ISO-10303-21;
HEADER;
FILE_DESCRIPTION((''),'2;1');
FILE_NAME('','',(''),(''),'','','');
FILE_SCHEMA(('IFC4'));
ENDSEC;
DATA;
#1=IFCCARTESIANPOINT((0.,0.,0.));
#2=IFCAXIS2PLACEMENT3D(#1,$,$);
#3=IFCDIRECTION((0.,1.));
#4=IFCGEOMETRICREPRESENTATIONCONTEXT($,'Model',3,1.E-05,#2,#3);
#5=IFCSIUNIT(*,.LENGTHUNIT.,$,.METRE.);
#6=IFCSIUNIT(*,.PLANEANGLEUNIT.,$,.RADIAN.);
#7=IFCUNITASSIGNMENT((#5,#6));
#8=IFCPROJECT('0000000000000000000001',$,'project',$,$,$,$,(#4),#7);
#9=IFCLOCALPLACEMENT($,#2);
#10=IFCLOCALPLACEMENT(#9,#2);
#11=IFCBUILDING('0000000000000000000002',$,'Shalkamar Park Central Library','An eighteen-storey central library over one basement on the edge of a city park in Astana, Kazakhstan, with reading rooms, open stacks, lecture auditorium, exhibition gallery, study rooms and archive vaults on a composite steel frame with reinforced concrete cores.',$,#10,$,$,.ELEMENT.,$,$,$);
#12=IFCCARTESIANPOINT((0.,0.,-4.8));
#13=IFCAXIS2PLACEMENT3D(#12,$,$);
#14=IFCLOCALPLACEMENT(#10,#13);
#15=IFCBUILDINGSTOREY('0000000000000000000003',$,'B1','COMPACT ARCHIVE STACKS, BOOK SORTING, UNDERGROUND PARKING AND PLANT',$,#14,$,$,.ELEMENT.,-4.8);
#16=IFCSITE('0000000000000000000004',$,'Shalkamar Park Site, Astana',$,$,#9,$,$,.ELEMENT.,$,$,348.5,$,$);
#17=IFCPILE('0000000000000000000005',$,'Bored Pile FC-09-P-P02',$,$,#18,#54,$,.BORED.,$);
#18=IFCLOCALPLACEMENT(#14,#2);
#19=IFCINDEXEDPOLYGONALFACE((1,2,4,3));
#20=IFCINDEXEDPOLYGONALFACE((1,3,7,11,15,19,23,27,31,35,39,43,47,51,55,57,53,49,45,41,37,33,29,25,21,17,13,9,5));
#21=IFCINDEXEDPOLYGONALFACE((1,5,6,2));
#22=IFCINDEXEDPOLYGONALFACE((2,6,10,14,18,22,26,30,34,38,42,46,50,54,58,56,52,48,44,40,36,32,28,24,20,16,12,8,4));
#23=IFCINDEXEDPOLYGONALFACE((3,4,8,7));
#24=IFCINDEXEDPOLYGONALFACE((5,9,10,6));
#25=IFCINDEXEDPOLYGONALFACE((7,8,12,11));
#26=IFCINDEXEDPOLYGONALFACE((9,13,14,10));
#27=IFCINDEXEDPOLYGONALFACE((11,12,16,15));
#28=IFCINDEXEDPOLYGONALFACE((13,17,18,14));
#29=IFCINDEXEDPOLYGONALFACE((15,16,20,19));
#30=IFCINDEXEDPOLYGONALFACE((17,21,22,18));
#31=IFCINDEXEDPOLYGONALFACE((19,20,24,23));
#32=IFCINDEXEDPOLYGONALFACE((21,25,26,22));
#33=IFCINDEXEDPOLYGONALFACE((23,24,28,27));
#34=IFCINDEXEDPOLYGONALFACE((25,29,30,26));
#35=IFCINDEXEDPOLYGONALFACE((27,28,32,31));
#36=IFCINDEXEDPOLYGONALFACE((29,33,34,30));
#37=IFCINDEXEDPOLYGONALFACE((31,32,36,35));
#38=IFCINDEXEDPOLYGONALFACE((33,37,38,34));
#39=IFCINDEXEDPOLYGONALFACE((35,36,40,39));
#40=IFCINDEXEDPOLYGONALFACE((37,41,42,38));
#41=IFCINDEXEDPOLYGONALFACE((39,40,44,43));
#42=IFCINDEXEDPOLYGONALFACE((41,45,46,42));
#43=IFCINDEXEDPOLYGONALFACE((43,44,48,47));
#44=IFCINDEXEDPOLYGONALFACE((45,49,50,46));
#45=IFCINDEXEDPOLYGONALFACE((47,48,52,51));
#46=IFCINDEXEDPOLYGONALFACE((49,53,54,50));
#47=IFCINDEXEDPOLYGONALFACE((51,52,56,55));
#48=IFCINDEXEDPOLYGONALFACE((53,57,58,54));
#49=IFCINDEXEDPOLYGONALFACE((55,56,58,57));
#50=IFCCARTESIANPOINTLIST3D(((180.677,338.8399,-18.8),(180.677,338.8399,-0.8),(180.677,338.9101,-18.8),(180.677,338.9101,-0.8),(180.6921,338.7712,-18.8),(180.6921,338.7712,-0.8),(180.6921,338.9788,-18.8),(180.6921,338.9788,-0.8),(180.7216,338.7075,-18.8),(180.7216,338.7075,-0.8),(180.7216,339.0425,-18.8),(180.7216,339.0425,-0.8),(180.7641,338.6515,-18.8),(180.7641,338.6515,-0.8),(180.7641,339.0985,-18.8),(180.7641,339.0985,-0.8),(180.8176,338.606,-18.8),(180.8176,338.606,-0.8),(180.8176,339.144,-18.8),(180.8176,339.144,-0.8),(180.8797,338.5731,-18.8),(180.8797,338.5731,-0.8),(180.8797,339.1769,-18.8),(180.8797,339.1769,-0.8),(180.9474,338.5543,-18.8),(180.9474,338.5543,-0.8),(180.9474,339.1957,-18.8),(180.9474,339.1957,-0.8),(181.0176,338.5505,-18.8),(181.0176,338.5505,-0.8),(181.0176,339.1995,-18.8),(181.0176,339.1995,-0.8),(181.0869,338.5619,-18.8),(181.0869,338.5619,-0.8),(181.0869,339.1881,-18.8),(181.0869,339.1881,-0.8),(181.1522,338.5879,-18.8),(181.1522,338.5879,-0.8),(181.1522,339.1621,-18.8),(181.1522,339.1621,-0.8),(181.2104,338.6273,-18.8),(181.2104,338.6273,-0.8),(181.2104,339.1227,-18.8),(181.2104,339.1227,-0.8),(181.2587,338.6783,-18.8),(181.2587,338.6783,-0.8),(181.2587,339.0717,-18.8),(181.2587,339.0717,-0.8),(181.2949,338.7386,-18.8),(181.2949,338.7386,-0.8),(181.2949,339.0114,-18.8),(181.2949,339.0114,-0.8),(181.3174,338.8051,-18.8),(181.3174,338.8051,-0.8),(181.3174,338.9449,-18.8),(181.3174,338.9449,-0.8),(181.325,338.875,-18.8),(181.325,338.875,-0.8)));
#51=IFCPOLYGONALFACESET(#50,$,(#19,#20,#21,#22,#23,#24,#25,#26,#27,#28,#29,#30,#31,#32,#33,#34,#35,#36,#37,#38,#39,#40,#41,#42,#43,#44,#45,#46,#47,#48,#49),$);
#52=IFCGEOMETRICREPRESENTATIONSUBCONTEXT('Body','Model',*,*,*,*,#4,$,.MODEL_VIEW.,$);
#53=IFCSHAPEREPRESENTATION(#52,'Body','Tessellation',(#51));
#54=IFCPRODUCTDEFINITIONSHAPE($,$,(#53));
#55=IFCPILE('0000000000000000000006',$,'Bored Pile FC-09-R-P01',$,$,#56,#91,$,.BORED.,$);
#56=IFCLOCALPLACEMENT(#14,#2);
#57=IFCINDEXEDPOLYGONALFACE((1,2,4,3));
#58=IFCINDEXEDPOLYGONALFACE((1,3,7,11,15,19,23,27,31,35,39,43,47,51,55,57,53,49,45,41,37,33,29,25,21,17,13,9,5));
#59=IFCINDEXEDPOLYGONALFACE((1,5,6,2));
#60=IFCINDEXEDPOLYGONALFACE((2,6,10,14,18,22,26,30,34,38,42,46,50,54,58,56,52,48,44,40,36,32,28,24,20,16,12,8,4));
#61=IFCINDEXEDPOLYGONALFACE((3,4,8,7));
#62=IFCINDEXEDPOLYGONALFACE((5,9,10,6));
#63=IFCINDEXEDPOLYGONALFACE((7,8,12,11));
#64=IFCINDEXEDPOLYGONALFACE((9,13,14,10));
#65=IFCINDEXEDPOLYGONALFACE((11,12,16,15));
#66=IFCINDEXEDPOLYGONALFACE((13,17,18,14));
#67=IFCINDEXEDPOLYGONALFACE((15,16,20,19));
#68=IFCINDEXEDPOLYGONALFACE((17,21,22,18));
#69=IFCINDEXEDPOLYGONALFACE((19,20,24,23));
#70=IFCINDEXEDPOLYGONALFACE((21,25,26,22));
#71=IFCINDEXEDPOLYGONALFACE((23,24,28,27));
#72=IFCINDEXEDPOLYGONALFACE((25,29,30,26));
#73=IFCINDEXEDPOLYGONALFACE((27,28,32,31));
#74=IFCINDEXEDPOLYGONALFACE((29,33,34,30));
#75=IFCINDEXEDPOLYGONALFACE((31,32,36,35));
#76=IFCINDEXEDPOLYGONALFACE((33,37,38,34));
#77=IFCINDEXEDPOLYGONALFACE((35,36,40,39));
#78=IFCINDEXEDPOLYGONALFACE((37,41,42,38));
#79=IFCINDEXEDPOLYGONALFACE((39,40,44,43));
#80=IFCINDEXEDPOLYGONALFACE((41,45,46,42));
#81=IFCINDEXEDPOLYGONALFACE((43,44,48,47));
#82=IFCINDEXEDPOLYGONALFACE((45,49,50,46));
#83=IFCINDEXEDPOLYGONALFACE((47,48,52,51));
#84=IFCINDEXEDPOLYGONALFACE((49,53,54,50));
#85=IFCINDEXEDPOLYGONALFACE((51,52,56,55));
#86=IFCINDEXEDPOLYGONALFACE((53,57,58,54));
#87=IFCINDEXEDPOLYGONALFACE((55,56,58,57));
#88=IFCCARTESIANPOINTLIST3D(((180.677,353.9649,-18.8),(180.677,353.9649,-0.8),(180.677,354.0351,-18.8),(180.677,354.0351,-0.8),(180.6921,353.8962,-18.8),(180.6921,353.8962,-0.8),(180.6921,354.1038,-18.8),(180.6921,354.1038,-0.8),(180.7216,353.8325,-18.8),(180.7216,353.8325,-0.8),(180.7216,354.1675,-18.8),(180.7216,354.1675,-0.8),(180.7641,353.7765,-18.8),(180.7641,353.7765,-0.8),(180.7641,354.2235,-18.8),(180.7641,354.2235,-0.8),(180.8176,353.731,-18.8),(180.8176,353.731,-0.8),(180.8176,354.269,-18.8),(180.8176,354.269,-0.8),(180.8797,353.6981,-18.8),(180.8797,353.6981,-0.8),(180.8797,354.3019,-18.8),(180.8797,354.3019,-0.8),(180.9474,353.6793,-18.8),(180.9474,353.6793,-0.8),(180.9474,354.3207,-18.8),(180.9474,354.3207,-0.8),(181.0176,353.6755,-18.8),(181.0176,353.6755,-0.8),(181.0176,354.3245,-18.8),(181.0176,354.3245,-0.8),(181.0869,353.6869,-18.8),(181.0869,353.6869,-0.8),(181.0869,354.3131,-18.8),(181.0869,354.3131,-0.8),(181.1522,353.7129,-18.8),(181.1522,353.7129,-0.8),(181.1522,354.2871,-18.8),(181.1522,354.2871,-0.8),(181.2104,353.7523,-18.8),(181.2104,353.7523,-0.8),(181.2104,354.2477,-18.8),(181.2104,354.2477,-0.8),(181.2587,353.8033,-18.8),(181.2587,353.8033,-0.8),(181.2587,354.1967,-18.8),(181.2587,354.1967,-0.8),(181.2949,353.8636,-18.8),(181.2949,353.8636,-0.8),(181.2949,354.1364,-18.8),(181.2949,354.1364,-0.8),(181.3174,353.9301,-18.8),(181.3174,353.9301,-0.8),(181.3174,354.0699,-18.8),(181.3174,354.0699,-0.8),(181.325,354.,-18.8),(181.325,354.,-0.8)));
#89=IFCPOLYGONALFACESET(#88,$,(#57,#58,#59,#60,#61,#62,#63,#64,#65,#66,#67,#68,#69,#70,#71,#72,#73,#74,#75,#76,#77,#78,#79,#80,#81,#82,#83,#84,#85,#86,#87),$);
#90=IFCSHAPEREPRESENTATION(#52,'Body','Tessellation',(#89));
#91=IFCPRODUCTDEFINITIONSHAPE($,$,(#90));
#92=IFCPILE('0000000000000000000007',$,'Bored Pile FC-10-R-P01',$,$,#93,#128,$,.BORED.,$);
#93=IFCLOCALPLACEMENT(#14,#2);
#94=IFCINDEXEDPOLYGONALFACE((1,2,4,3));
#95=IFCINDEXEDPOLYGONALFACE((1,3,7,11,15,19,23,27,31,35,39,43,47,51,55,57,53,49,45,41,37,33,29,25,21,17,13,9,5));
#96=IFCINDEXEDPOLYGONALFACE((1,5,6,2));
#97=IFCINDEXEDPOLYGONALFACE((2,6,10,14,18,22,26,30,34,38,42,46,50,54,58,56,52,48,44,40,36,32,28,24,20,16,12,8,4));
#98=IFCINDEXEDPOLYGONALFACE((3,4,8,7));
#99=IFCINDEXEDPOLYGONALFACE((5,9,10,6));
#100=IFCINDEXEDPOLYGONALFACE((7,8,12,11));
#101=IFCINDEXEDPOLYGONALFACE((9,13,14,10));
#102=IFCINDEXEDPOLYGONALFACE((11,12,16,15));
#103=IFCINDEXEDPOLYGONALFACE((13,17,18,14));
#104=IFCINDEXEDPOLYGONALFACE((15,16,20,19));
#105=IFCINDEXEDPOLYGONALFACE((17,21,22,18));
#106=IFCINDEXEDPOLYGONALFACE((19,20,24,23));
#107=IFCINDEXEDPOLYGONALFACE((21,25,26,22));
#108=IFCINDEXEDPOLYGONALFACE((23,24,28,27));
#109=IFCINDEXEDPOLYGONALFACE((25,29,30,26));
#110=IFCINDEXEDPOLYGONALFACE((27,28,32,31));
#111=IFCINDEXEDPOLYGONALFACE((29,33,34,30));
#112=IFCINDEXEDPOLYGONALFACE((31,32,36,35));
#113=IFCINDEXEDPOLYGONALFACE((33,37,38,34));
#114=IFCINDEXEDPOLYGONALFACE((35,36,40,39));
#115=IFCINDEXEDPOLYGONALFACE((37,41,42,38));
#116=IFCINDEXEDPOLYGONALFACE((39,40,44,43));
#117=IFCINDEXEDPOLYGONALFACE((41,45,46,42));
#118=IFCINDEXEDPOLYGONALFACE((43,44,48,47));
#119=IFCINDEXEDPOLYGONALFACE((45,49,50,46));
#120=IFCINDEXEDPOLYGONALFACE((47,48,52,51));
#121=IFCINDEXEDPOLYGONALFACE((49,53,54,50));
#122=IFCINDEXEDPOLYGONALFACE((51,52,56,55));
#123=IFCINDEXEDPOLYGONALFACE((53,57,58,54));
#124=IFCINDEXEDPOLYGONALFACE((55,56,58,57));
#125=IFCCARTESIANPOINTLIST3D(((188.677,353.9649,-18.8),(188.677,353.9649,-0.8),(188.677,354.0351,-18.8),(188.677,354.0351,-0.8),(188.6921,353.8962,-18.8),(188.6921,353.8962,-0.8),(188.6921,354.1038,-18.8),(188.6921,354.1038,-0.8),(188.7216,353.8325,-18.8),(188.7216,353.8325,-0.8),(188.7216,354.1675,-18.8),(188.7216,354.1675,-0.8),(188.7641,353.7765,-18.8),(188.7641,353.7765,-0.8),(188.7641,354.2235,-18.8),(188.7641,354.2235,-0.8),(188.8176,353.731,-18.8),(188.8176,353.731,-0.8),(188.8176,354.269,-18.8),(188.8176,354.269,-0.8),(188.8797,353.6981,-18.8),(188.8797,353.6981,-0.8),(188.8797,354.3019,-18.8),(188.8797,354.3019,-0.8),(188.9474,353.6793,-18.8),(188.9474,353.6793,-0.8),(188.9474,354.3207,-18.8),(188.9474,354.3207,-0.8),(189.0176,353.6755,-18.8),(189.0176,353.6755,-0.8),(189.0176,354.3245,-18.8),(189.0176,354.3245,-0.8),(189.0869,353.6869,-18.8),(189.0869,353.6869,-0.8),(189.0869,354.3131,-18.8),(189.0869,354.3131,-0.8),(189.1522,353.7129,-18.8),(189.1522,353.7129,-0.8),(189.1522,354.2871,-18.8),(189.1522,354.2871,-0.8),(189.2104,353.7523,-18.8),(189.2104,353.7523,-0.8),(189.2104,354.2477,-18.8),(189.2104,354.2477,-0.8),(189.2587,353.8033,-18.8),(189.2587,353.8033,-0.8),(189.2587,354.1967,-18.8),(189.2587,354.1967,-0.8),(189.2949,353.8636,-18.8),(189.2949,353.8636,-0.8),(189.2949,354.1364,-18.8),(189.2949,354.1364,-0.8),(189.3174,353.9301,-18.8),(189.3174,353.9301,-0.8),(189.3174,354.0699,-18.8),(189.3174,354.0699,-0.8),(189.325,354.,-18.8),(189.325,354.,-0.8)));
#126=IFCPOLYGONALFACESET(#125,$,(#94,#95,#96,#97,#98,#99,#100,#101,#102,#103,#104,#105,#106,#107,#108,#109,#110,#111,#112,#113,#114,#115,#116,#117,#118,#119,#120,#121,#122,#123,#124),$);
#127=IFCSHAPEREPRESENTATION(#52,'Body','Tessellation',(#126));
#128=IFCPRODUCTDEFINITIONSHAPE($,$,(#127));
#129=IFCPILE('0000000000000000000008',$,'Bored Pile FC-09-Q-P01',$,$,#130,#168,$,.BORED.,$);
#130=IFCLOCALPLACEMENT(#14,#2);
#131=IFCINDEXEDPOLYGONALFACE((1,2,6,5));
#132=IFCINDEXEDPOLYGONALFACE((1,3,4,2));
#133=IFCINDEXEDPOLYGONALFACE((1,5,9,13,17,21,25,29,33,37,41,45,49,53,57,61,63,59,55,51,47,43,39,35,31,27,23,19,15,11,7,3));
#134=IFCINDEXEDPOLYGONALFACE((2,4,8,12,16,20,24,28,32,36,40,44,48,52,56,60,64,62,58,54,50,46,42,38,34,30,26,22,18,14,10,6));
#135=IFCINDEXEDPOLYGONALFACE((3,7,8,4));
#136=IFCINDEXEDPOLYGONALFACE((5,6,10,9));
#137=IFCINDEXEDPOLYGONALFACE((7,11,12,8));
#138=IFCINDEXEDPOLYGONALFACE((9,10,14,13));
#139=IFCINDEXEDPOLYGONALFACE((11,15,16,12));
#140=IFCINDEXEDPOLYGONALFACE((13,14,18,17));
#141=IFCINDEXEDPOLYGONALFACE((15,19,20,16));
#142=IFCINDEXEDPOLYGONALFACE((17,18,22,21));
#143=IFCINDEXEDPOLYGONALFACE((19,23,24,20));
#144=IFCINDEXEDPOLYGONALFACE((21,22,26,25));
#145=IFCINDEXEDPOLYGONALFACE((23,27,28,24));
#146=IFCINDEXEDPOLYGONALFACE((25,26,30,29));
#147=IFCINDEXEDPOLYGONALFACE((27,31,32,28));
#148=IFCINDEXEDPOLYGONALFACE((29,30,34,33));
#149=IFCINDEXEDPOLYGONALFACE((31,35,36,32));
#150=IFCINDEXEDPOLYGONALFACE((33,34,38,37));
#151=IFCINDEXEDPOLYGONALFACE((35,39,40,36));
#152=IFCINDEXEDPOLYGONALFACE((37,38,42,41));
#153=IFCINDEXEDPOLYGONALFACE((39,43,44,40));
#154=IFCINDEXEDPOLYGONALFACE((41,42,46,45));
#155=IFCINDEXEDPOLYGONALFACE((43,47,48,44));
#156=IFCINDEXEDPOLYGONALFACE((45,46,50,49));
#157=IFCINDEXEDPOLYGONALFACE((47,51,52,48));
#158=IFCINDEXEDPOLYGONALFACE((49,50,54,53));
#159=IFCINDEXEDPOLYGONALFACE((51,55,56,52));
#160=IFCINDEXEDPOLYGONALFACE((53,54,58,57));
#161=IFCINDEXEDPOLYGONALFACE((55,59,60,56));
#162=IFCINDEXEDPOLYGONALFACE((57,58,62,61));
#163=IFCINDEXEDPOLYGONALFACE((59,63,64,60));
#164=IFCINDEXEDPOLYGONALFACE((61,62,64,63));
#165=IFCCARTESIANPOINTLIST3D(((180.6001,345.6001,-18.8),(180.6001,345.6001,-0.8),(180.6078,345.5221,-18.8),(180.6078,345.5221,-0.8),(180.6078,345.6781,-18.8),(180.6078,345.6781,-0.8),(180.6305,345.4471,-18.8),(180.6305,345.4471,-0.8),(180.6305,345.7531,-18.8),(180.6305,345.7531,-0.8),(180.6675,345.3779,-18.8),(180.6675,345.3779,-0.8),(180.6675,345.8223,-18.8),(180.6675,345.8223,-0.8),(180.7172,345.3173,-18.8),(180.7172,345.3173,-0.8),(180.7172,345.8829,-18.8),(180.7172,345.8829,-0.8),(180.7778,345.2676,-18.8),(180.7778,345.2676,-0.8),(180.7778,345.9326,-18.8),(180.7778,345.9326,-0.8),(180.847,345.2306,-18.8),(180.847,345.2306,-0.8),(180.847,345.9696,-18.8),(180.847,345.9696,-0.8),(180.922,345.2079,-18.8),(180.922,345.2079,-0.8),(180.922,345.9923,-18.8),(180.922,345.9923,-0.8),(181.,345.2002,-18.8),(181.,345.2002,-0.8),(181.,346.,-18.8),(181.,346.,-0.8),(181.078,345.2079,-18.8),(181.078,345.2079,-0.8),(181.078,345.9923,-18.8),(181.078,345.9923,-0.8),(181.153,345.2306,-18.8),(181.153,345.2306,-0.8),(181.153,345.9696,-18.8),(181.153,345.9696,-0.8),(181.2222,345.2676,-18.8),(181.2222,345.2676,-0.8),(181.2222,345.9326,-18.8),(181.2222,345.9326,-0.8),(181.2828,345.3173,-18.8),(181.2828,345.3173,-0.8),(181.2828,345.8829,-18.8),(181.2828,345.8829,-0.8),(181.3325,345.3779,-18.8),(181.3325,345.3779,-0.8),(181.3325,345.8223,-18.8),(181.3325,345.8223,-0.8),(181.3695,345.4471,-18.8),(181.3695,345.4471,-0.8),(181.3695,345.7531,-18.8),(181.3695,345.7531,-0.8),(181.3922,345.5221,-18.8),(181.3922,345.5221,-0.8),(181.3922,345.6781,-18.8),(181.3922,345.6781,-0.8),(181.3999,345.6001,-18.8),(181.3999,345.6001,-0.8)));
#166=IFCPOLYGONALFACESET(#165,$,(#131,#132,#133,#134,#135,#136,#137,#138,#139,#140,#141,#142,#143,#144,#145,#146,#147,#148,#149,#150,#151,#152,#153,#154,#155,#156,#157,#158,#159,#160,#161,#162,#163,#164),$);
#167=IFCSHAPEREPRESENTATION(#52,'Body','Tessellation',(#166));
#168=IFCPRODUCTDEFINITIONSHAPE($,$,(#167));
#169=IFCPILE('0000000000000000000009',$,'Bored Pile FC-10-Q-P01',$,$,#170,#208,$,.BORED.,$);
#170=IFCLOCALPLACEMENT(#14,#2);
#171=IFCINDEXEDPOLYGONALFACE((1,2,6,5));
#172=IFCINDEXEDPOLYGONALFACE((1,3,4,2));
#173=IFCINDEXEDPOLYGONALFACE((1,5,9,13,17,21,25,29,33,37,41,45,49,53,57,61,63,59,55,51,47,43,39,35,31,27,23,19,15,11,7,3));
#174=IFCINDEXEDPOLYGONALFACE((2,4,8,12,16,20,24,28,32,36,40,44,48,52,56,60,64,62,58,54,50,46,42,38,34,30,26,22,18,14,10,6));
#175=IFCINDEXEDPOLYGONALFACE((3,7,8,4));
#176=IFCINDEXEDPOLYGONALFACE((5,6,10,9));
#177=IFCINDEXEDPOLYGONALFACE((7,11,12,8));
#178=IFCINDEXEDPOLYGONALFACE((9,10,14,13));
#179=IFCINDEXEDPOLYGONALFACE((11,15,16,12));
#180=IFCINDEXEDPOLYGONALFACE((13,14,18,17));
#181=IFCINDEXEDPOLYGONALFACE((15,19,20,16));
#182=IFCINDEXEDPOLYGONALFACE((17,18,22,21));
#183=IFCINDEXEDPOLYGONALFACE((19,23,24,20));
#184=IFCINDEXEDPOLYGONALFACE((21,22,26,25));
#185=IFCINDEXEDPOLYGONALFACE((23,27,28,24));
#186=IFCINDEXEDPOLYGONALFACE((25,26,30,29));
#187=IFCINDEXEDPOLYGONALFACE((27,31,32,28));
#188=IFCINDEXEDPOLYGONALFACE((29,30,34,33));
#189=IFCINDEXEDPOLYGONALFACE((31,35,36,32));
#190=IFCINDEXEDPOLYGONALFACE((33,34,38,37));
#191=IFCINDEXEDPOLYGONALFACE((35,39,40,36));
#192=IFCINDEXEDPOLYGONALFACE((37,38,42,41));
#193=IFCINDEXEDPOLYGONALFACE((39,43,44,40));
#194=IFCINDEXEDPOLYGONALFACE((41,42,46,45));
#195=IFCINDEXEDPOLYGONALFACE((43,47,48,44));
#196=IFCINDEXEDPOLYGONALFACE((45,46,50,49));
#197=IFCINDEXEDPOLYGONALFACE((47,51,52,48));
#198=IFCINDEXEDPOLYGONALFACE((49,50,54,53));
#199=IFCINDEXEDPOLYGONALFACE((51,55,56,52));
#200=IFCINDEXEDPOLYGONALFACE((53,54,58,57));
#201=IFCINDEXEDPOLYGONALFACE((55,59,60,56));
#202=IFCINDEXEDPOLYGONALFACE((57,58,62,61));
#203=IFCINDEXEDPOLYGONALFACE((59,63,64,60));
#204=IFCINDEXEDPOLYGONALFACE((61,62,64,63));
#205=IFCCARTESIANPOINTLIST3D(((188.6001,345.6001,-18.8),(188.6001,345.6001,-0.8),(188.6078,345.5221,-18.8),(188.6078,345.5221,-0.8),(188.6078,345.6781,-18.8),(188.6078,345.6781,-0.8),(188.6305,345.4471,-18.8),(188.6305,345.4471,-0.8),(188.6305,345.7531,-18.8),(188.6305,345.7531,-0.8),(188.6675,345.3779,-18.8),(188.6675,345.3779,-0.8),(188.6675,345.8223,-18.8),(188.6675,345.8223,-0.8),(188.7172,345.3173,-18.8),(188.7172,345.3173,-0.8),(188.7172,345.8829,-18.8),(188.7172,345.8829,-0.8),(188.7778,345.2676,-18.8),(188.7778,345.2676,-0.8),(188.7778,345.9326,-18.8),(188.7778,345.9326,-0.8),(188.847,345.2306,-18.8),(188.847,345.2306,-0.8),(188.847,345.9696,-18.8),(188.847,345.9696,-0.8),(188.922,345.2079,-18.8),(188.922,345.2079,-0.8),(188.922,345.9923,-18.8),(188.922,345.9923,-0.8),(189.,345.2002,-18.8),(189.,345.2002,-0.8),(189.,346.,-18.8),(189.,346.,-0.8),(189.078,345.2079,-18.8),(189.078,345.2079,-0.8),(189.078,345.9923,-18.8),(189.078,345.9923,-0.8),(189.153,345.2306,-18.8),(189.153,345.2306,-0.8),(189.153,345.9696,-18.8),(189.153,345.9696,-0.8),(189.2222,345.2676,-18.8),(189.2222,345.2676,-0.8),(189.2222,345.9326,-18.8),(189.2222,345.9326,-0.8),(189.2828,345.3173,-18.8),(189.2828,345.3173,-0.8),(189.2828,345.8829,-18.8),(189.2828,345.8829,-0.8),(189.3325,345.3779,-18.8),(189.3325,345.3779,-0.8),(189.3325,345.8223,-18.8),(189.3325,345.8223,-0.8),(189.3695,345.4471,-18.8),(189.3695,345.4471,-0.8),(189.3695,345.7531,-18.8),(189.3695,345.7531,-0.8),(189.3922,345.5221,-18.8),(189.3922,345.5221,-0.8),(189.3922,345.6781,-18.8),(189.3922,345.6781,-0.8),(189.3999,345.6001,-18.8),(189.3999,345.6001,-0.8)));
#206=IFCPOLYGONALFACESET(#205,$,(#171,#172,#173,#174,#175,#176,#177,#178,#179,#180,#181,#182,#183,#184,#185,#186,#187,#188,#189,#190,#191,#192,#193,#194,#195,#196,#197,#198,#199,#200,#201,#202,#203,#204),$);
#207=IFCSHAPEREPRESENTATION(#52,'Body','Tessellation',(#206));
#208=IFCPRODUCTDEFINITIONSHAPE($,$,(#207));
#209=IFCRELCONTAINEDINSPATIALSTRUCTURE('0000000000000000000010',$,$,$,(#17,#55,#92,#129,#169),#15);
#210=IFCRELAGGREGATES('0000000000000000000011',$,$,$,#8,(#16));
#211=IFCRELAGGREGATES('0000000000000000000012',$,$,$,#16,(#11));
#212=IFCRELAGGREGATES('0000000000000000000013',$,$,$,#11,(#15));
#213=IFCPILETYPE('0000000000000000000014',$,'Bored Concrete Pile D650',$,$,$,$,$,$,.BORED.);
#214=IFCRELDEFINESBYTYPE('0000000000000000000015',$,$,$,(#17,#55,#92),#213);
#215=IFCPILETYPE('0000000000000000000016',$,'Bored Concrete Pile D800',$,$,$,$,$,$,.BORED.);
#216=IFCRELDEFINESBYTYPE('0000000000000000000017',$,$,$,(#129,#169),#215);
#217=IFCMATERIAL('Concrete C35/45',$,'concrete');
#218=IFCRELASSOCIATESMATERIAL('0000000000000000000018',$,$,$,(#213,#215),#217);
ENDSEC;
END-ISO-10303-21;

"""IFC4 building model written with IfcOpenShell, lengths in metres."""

from ifc_helpers import new_model, si_unit, direction, frame, origin, origin_2d, place, context, subcontext, project, spatial, circle, extrude, material, material_profile, profile_set, type_object, element, save


model = new_model("IFC4")

# Units and contexts
model_context = context("Model", 3, precision=1e-05, world=origin(), true_north=direction((0.0, 1.0)))
body_context = subcontext(model_context, "Body", "Model", "MODEL_VIEW")
ifc_project = project(units=[si_unit("LENGTHUNIT", "METRE"), si_unit("PLANEANGLEUNIT", "RADIAN")], contexts=[model_context])

# Site, building, storey
site_placement = place(None, origin())
site = spatial("IfcSite", under=ifc_project, at=site_placement, Name="Shalkamar Park Site, Astana", CompositionType="ELEMENT", RefElevation=348.5)
building_placement = place(site_placement, origin())
building = spatial("IfcBuilding", under=site, at=building_placement, Name="Shalkamar Park Central Library", Description="An eighteen-storey central library over one basement on the edge of a city park in Astana, Kazakhstan, with reading rooms, open stacks, lecture auditorium, exhibition gallery, study rooms and archive vaults on a composite steel frame with reinforced concrete cores.", CompositionType="ELEMENT")
storey_placement = place(building_placement, frame((0.0, 0.0, -4.8)))
storey = spatial("IfcBuildingStorey", under=building, at=storey_placement, Name="B1", Description="COMPACT ARCHIVE STACKS, BOOK SORTING, UNDERGROUND PARKING AND PLANT", CompositionType="ELEMENT", Elevation=-4.8)

# Piles
ifc_material_1 = material(Name="Concrete C35/45", Category="concrete")
ifc_material_profile_1 = material_profile(ifc_material_1, circle(Radius=0.325, at=origin_2d()), Name="PILE D650")
ifc_profile_set_1 = profile_set([ifc_material_profile_1], Name="Concrete C35/45")
pile_type_1 = type_object("IfcPileType", Name="Bored Concrete Pile D650", PredefinedType="BORED", material=ifc_profile_set_1)
for number, where, z_axis, x_axis, name in (
    (1, (181.0, 338.875, -0.8), (0.0, 0.0, -1.0), (1.0, 0.0, 0.0), "Bored Pile FC-09-P-P02"),
    (2, (181.0, 354.0, -0.8), (0.0, 0.0, -1.0), (1.0, 0.0, 0.0), "Bored Pile FC-09-R-P01"),
    (3, (189.0, 354.0, -0.8), (0.0, 0.0, -1.0), (1.0, 0.0, 0.0), "Bored Pile FC-10-R-P01"),
):
    element("IfcPile", number, at=place(storey_placement, frame(where, z_axis=z_axis, x_axis=x_axis)), inside=storey, type_object=pile_type_1, Name=name, PredefinedType="BORED", context=body_context, shape_type="SweptSolid", body=[
        extrude(circle(Radius=0.325, at=origin_2d()), origin(), (0.0, 0.0, 1.0), 18.0),
    ])
ifc_material_profile_2 = material_profile(ifc_material_1, circle(Radius=0.3999, at=origin_2d()), Name="PILE D800")
ifc_profile_set_2 = profile_set([ifc_material_profile_2], Name="Concrete C35/45")
pile_type_2 = type_object("IfcPileType", Name="Bored Concrete Pile D800", PredefinedType="BORED", material=ifc_profile_set_2)
for number, where, z_axis, x_axis, name in (
    (4, (181.0, 345.6001, -0.8), (0.0, 0.0, -1.0), (1.0, 0.0, 0.0), "Bored Pile FC-09-Q-P01"),
    (5, (189.0, 345.6001, -0.8), (0.0, 0.0, -1.0), (1.0, 0.0, 0.0), "Bored Pile FC-10-Q-P01"),
):
    element("IfcPile", number, at=place(storey_placement, frame(where, z_axis=z_axis, x_axis=x_axis)), inside=storey, type_object=pile_type_2, Name=name, PredefinedType="BORED", context=body_context, shape_type="SweptSolid", body=[
        extrude(circle(Radius=0.3999, at=origin_2d()), origin(), (0.0, 0.0, 1.0), 18.0),
    ])

save(model, "model.ifc")
